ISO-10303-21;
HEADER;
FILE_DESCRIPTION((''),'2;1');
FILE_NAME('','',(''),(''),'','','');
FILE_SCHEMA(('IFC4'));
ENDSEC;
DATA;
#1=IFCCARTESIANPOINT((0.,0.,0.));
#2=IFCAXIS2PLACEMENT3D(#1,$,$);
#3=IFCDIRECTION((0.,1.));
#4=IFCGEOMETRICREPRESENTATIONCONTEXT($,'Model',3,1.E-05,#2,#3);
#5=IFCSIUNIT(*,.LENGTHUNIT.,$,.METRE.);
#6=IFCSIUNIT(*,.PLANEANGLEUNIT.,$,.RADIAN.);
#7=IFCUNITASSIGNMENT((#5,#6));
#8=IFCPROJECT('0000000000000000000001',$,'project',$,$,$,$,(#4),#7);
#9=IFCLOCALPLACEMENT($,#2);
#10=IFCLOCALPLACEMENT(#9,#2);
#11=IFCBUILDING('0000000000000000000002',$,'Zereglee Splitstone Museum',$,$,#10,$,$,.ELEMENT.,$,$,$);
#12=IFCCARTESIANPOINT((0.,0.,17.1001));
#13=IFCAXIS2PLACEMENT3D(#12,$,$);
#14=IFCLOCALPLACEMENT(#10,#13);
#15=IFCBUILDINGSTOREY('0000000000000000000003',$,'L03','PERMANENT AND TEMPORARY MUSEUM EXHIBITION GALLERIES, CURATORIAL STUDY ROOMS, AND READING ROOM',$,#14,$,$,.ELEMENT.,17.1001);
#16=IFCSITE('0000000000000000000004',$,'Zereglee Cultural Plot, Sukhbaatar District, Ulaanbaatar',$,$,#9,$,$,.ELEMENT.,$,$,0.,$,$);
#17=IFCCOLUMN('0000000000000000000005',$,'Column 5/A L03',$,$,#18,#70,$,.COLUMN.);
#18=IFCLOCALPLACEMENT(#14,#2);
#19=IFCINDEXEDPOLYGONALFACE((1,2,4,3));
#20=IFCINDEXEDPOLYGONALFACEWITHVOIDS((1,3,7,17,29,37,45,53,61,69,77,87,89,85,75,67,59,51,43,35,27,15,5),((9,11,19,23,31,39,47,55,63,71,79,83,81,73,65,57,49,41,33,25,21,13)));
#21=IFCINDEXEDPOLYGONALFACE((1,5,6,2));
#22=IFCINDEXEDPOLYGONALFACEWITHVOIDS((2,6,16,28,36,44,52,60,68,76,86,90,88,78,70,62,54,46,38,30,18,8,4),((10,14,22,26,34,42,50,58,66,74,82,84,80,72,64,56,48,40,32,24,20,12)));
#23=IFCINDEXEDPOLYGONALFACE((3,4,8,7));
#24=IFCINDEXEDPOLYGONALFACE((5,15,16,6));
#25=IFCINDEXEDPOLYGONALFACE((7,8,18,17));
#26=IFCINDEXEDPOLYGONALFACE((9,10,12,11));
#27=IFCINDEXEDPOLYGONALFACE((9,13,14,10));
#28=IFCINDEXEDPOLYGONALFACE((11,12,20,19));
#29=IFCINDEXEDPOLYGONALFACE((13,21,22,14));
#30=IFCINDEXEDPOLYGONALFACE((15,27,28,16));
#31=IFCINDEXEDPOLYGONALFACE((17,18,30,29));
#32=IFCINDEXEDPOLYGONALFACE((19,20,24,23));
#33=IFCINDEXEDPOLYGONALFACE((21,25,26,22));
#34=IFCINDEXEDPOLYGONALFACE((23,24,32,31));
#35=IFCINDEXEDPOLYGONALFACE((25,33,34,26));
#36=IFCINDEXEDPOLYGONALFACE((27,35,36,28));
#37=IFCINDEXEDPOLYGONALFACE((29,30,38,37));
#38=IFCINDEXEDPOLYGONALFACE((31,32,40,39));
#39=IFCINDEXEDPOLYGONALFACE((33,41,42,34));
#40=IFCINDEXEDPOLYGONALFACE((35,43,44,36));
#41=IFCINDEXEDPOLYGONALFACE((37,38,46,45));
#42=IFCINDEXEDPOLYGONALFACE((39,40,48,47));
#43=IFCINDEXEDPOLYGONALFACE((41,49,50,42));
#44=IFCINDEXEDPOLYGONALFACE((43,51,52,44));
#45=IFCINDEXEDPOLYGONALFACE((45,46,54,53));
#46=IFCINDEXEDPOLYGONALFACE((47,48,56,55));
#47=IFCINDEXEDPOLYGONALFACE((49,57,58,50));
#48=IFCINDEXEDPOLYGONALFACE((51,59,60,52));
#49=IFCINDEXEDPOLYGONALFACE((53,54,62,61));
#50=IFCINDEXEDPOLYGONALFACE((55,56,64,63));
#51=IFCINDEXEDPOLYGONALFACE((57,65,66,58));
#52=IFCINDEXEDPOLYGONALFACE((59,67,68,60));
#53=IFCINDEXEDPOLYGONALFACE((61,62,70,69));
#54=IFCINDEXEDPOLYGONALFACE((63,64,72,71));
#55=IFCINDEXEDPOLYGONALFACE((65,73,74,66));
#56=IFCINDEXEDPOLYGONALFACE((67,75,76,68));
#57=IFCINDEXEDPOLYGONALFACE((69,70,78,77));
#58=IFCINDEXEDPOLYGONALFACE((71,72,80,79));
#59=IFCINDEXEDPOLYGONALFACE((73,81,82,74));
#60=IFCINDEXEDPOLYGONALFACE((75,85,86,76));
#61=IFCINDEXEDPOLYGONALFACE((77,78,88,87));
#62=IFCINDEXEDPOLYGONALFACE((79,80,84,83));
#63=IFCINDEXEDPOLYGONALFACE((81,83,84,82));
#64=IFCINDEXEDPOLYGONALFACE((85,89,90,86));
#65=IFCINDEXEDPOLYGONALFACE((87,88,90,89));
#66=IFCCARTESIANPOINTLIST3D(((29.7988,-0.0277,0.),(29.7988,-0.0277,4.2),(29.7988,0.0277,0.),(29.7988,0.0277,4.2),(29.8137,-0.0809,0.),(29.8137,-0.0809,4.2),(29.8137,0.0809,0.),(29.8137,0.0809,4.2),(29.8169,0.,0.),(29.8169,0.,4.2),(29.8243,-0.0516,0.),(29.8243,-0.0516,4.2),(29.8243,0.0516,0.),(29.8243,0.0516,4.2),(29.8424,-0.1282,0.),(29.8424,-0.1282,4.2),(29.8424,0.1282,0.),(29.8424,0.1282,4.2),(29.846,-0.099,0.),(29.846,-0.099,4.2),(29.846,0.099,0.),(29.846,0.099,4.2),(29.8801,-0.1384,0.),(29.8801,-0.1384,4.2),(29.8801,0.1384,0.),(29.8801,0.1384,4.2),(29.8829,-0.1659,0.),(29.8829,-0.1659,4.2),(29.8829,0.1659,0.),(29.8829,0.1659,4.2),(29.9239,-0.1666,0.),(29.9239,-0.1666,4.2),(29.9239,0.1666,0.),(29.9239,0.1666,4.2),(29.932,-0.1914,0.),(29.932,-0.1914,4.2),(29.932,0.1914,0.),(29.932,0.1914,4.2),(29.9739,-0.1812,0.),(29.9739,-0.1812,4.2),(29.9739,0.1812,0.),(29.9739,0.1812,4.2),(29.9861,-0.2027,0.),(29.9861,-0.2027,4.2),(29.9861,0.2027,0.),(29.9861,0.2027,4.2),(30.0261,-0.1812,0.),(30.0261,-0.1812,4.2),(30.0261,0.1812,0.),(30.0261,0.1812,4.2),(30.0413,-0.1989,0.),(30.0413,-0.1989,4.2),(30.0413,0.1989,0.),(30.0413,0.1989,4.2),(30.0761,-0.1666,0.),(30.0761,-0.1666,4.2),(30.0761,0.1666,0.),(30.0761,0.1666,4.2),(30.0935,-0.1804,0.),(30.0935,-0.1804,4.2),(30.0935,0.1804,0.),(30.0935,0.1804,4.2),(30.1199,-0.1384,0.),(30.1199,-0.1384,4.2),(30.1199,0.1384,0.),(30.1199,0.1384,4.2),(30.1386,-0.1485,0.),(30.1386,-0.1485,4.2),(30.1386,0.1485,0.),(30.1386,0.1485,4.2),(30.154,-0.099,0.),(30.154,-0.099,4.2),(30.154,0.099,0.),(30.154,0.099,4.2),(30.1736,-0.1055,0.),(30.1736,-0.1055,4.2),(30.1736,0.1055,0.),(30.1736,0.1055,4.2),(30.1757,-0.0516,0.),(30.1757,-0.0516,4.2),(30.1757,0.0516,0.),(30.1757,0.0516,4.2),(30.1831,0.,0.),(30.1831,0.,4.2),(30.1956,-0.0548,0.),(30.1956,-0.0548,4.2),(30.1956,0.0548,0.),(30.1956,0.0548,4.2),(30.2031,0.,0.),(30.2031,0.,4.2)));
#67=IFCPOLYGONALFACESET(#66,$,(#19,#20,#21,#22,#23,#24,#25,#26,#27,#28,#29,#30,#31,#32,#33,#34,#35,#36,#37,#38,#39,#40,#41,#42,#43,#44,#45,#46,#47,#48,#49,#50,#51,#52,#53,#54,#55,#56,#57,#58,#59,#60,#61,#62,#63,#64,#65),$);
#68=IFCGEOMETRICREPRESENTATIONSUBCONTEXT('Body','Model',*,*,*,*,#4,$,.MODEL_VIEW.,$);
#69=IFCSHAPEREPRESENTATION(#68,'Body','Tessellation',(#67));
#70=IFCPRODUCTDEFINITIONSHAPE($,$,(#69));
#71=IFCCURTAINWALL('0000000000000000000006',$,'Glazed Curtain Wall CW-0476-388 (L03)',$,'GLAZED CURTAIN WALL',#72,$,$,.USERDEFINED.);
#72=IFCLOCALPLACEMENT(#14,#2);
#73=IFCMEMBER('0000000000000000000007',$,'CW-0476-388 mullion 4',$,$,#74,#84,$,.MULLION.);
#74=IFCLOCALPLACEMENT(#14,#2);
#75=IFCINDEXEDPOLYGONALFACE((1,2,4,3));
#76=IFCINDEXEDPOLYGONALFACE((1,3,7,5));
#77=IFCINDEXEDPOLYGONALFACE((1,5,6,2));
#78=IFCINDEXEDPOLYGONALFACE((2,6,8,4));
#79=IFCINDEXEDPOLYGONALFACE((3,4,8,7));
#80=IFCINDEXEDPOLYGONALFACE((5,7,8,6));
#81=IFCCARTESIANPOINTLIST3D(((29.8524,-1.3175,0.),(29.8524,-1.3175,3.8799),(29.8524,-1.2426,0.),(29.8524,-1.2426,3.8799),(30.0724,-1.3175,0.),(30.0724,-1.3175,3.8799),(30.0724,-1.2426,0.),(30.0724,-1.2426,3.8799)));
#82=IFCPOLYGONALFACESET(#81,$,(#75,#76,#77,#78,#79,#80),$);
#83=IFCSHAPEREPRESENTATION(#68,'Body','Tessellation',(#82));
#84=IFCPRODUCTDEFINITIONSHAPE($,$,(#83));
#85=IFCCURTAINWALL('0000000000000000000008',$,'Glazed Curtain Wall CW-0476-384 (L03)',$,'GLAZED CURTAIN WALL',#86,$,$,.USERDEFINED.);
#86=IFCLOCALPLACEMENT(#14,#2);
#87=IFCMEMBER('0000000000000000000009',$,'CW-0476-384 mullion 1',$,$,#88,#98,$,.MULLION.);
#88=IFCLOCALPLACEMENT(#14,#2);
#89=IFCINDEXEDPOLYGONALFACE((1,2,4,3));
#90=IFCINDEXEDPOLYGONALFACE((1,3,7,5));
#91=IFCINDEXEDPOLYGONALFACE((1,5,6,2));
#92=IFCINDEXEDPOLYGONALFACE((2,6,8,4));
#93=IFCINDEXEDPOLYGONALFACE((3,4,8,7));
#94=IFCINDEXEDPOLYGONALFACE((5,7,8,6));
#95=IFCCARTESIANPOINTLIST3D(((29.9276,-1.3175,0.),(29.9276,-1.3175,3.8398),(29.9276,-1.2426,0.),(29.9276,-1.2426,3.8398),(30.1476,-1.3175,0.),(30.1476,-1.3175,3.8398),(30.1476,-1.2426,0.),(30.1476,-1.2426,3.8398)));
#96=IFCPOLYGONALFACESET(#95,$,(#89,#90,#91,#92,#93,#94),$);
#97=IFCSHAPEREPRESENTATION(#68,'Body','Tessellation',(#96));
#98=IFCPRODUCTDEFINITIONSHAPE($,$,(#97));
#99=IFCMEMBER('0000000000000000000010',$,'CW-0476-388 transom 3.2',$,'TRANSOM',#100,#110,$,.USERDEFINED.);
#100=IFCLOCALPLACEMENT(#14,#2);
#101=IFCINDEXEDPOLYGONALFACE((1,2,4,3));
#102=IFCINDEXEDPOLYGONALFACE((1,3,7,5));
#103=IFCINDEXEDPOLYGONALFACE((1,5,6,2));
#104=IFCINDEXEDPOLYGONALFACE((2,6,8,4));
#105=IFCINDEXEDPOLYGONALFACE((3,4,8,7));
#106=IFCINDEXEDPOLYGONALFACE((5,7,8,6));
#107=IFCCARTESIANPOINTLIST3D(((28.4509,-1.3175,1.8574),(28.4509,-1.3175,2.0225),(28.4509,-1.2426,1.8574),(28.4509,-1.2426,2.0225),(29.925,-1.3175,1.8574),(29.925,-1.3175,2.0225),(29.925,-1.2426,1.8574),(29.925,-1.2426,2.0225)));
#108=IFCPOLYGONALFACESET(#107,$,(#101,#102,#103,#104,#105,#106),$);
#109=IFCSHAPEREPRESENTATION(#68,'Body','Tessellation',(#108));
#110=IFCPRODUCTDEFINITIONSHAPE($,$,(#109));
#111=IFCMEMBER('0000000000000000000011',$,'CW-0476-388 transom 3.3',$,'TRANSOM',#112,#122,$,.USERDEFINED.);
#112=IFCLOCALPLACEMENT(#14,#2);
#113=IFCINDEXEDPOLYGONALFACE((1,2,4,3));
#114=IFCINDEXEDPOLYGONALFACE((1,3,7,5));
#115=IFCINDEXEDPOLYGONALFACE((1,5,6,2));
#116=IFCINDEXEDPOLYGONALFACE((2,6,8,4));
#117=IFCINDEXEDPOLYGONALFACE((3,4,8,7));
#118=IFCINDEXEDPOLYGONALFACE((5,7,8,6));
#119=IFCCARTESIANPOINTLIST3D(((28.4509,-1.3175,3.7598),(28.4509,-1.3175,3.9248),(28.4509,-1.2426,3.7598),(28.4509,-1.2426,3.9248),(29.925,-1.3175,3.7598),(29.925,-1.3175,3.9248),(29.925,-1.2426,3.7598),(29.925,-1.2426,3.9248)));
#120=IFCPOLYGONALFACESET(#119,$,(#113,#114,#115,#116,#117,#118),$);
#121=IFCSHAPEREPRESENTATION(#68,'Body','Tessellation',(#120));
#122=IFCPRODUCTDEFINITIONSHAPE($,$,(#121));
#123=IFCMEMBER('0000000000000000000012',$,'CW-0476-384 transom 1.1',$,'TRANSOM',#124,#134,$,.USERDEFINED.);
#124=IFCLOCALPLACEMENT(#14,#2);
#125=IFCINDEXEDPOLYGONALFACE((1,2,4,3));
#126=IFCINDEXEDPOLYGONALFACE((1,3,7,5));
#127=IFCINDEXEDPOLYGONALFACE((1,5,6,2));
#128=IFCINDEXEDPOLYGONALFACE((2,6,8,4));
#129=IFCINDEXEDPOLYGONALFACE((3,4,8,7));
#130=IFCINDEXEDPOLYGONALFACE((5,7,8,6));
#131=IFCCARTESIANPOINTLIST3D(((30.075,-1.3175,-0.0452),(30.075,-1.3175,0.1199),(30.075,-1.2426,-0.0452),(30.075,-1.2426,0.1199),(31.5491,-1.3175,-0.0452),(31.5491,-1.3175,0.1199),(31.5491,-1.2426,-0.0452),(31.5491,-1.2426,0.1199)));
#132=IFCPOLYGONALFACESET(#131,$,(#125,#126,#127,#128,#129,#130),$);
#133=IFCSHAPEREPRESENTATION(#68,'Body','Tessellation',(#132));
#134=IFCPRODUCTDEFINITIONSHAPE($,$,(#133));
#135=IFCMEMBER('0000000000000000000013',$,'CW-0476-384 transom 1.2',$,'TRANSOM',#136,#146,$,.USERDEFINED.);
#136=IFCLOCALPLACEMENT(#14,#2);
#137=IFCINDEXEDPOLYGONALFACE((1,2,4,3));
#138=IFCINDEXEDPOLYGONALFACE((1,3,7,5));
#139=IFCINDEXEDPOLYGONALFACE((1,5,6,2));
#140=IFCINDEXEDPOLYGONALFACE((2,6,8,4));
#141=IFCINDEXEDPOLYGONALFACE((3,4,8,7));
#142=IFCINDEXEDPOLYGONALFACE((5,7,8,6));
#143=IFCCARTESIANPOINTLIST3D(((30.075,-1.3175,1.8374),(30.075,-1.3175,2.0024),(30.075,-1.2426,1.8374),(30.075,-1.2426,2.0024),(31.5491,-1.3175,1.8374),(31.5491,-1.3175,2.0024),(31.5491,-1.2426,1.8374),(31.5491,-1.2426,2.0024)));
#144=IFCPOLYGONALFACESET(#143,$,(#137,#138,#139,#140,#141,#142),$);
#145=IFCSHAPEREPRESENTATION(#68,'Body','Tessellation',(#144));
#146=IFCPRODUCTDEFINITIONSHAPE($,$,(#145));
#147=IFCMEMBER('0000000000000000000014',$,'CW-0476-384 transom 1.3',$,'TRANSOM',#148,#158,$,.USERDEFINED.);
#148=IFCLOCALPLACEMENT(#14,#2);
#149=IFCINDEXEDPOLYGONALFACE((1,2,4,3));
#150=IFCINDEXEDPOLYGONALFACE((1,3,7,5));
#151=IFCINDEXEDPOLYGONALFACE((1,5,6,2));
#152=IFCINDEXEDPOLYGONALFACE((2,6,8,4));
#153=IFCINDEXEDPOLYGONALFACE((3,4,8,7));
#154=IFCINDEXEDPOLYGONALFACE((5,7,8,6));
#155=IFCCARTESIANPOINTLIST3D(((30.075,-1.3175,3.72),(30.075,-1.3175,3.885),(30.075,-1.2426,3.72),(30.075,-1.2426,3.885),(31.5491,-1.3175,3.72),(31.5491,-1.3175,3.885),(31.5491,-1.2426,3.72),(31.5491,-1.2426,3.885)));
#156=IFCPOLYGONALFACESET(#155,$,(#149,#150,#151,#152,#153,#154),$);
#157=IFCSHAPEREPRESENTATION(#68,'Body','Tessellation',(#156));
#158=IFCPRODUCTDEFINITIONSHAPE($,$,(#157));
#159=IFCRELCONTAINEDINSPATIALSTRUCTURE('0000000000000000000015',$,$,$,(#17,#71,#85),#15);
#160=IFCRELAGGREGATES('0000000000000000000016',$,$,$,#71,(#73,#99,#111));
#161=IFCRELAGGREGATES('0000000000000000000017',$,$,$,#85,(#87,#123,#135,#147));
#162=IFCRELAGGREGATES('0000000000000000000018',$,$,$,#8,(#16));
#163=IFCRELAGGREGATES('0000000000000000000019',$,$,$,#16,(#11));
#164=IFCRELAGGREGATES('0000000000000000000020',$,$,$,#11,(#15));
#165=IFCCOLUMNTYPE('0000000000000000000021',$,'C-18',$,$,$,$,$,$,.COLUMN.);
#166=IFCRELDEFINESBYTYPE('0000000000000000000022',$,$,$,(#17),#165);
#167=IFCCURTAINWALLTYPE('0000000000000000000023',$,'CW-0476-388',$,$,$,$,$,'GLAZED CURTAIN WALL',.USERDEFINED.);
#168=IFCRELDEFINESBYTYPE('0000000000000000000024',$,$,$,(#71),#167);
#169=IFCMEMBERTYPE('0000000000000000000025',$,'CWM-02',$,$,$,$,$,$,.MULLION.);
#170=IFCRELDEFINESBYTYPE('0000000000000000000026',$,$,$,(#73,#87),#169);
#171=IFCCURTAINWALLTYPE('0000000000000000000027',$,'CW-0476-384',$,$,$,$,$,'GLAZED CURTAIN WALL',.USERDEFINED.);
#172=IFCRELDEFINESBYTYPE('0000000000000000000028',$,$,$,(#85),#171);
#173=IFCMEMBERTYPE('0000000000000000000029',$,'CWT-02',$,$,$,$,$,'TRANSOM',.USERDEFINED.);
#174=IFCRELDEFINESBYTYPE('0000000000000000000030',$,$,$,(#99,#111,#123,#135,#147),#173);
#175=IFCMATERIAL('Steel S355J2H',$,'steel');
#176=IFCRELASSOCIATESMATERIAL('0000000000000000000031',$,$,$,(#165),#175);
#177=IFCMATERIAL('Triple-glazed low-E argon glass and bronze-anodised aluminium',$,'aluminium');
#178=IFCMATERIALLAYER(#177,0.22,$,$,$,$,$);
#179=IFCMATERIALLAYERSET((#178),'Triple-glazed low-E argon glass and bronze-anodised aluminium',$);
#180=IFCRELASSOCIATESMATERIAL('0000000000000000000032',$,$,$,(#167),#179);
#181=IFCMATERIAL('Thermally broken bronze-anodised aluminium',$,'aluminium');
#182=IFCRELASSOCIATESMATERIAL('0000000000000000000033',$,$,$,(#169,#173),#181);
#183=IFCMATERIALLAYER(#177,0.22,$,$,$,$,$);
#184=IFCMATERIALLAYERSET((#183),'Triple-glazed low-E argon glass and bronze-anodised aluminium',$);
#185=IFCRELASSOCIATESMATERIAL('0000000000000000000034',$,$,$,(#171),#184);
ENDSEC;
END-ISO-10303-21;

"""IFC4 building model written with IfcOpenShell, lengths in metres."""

from ifc_helpers import new_model, si_unit, direction, frame, origin, origin_2d, place, context, subcontext, project, spatial, rectangle, hollow_circle, extrude, material, layer, layer_set, material_profile, profile_set, type_object, element, aggregate, save


model = new_model("IFC4")

# Units and contexts
model_context = context("Model", 3, precision=1e-05, world=origin(), true_north=direction((0.0, 1.0)))
body_context = subcontext(model_context, "Body", "Model", "MODEL_VIEW")
ifc_project = project(units=[si_unit("LENGTHUNIT", "METRE"), si_unit("PLANEANGLEUNIT", "RADIAN")], contexts=[model_context])

# Site, building, storey
site_placement = place(None, origin())
site = spatial("IfcSite", under=ifc_project, at=site_placement, Name="Zereglee Cultural Plot, Sukhbaatar District, Ulaanbaatar", CompositionType="ELEMENT", RefElevation=0.0)
building_placement = place(site_placement, origin())
building = spatial("IfcBuilding", under=site, at=building_placement, Name="Zereglee Splitstone Museum", CompositionType="ELEMENT")
storey_placement = place(building_placement, frame((0.0, 0.0, 17.1001)))
storey = spatial("IfcBuildingStorey", under=building, at=storey_placement, Name="L03", Description="PERMANENT AND TEMPORARY MUSEUM EXHIBITION GALLERIES, CURATORIAL STUDY ROOMS, AND READING ROOM", CompositionType="ELEMENT", Elevation=17.1001)

# Column
ifc_material_1 = material(Name="Steel S355J2H", Category="steel")
ifc_material_profile_1 = material_profile(ifc_material_1, hollow_circle(Radius=0.2031, WallThickness=0.02, at=origin_2d()), Name="CHS 406.4x20")
ifc_profile_set_1 = profile_set([ifc_material_profile_1], Name="Steel S355J2H")
column_type = type_object("IfcColumnType", Name="C-18", PredefinedType="COLUMN", material=ifc_profile_set_1)
column_placement = place(storey_placement, frame((30.0, 0.0, 0.0), z_axis=(0.0, 0.0, 1.0), x_axis=(1.0, 0.0, 0.0)))
element("IfcColumn", 1, at=column_placement, inside=storey, type_object=column_type, Name="Column 5/A L03", PredefinedType="COLUMN", context=body_context, shape_type="SweptSolid", body=[
    extrude(hollow_circle(Radius=0.2031, WallThickness=0.02, at=origin_2d()), origin(), (0.0, 0.0, 1.0), 4.2),
])

# Curtain walls, members
ifc_material_2 = material(Name="Triple-glazed low-E argon glass and bronze-anodised aluminium", Category="aluminium")
ifc_layer_1 = layer(ifc_material_2, 0.22)
ifc_layer_set_1 = layer_set([ifc_layer_1], Name="Triple-glazed low-E argon glass and bronze-anodised aluminium")
curtain_wall_type_1 = type_object("IfcCurtainWallType", Name="CW-0476-388", ElementType="GLAZED CURTAIN WALL", PredefinedType="USERDEFINED", material=ifc_layer_set_1)
curtain_wall_1_placement = place(storey_placement, origin())
curtain_wall_1 = element("IfcCurtainWall", 2, at=curtain_wall_1_placement, inside=storey, type_object=curtain_wall_type_1, Name="Glazed Curtain Wall CW-0476-388 (L03)", ObjectType="GLAZED CURTAIN WALL", PredefinedType="USERDEFINED")
ifc_material_3 = material(Name="Thermally broken bronze-anodised aluminium", Category="aluminium")
ifc_material_profile_2 = material_profile(ifc_material_3, rectangle(XDim=0.075, YDim=0.22, at=origin_2d()), Name="CW MULL 75x220")
ifc_profile_set_2 = profile_set([ifc_material_profile_2], Name="Thermally broken bronze-anodised aluminium")
member_type_1 = type_object("IfcMemberType", Name="CWM-02", PredefinedType="MULLION", material=ifc_profile_set_2)
member_1_placement = place(storey_placement, frame((29.9624, -1.28, 0.0), z_axis=(0.0, 0.0, 1.0), x_axis=(0.0, 1.0, 0.0)))
member_1 = element("IfcMember", 3, at=member_1_placement, type_object=member_type_1, Name="CW-0476-388 mullion 4", PredefinedType="MULLION", context=body_context, shape_type="SweptSolid", body=[
    extrude(rectangle(XDim=0.075, YDim=0.22, at=origin_2d()), origin(), (0.0, 0.0, 1.0), 3.8799),
])
ifc_layer_2 = layer(ifc_material_2, 0.22)
ifc_layer_set_2 = layer_set([ifc_layer_2], Name="Triple-glazed low-E argon glass and bronze-anodised aluminium")
curtain_wall_type_2 = type_object("IfcCurtainWallType", Name="CW-0476-384", ElementType="GLAZED CURTAIN WALL", PredefinedType="USERDEFINED", material=ifc_layer_set_2)
curtain_wall_2_placement = place(storey_placement, origin())
curtain_wall_2 = element("IfcCurtainWall", 4, at=curtain_wall_2_placement, inside=storey, type_object=curtain_wall_type_2, Name="Glazed Curtain Wall CW-0476-384 (L03)", ObjectType="GLAZED CURTAIN WALL", PredefinedType="USERDEFINED")
member_2_placement = place(storey_placement, frame((30.0376, -1.28, 0.0), z_axis=(0.0, 0.0, 1.0), x_axis=(0.0, 1.0, 0.0)))
member_2 = element("IfcMember", 5, at=member_2_placement, type_object=member_type_1, Name="CW-0476-384 mullion 1", PredefinedType="MULLION", context=body_context, shape_type="SweptSolid", body=[
    extrude(rectangle(XDim=0.075, YDim=0.22, at=origin_2d()), origin(), (0.0, 0.0, 1.0), 3.8398),
])

# Members
ifc_material_profile_3 = material_profile(ifc_material_3, rectangle(XDim=0.075, YDim=0.165, at=origin_2d()), Name="CW TRAN 75x165")
ifc_profile_set_3 = profile_set([ifc_material_profile_3], Name="Thermally broken bronze-anodised aluminium")
member_type_2 = type_object("IfcMemberType", Name="CWT-02", ElementType="TRANSOM", PredefinedType="USERDEFINED", material=ifc_profile_set_3)
member_3_placement = place(storey_placement, frame((28.4509, -1.28, 1.9399), z_axis=(1.0, 0.0, 0.0), x_axis=(0.0, 1.0, 0.0)))
member_3 = element("IfcMember", 6, at=member_3_placement, type_object=member_type_2, Name="CW-0476-388 transom 3.2", ObjectType="TRANSOM", PredefinedType="USERDEFINED", context=body_context, shape_type="SweptSolid", body=[
    extrude(rectangle(XDim=0.075, YDim=0.165, at=origin_2d()), origin(), (0.0, 0.0, 1.0), 1.4741),
])
member_4_placement = place(storey_placement, frame((28.4509, -1.28, 3.8423), z_axis=(1.0, 0.0, 0.0), x_axis=(0.0, 1.0, 0.0)))
member_4 = element("IfcMember", 7, at=member_4_placement, type_object=member_type_2, Name="CW-0476-388 transom 3.3", ObjectType="TRANSOM", PredefinedType="USERDEFINED", context=body_context, shape_type="SweptSolid", body=[
    extrude(rectangle(XDim=0.075, YDim=0.165, at=origin_2d()), origin(), (0.0, 0.0, 1.0), 1.4741),
])
member_5_placement = place(storey_placement, frame((30.075, -1.28, 0.0374), z_axis=(1.0, 0.0, 0.0), x_axis=(0.0, 1.0, 0.0)))
member_5 = element("IfcMember", 8, at=member_5_placement, type_object=member_type_2, Name="CW-0476-384 transom 1.1", ObjectType="TRANSOM", PredefinedType="USERDEFINED", context=body_context, shape_type="SweptSolid", body=[
    extrude(rectangle(XDim=0.075, YDim=0.165, at=origin_2d()), origin(), (0.0, 0.0, 1.0), 1.4741),
])
member_6_placement = place(storey_placement, frame((30.075, -1.28, 1.9199), z_axis=(1.0, 0.0, 0.0), x_axis=(0.0, 1.0, 0.0)))
member_6 = element("IfcMember", 9, at=member_6_placement, type_object=member_type_2, Name="CW-0476-384 transom 1.2", ObjectType="TRANSOM", PredefinedType="USERDEFINED", context=body_context, shape_type="SweptSolid", body=[
    extrude(rectangle(XDim=0.075, YDim=0.165, at=origin_2d()), origin(), (0.0, 0.0, 1.0), 1.4741),
])
member_7_placement = place(storey_placement, frame((30.075, -1.28, 3.8025), z_axis=(1.0, 0.0, 0.0), x_axis=(0.0, 1.0, 0.0)))
member_7 = element("IfcMember", 10, at=member_7_placement, type_object=member_type_2, Name="CW-0476-384 transom 1.3", ObjectType="TRANSOM", PredefinedType="USERDEFINED", context=body_context, shape_type="SweptSolid", body=[
    extrude(rectangle(XDim=0.075, YDim=0.165, at=origin_2d()), origin(), (0.0, 0.0, 1.0), 1.4741),
])

aggregate(curtain_wall_1, [member_1, member_3, member_4])
aggregate(curtain_wall_2, [member_2, member_5, member_6, member_7])

save(model, "model.ifc")
